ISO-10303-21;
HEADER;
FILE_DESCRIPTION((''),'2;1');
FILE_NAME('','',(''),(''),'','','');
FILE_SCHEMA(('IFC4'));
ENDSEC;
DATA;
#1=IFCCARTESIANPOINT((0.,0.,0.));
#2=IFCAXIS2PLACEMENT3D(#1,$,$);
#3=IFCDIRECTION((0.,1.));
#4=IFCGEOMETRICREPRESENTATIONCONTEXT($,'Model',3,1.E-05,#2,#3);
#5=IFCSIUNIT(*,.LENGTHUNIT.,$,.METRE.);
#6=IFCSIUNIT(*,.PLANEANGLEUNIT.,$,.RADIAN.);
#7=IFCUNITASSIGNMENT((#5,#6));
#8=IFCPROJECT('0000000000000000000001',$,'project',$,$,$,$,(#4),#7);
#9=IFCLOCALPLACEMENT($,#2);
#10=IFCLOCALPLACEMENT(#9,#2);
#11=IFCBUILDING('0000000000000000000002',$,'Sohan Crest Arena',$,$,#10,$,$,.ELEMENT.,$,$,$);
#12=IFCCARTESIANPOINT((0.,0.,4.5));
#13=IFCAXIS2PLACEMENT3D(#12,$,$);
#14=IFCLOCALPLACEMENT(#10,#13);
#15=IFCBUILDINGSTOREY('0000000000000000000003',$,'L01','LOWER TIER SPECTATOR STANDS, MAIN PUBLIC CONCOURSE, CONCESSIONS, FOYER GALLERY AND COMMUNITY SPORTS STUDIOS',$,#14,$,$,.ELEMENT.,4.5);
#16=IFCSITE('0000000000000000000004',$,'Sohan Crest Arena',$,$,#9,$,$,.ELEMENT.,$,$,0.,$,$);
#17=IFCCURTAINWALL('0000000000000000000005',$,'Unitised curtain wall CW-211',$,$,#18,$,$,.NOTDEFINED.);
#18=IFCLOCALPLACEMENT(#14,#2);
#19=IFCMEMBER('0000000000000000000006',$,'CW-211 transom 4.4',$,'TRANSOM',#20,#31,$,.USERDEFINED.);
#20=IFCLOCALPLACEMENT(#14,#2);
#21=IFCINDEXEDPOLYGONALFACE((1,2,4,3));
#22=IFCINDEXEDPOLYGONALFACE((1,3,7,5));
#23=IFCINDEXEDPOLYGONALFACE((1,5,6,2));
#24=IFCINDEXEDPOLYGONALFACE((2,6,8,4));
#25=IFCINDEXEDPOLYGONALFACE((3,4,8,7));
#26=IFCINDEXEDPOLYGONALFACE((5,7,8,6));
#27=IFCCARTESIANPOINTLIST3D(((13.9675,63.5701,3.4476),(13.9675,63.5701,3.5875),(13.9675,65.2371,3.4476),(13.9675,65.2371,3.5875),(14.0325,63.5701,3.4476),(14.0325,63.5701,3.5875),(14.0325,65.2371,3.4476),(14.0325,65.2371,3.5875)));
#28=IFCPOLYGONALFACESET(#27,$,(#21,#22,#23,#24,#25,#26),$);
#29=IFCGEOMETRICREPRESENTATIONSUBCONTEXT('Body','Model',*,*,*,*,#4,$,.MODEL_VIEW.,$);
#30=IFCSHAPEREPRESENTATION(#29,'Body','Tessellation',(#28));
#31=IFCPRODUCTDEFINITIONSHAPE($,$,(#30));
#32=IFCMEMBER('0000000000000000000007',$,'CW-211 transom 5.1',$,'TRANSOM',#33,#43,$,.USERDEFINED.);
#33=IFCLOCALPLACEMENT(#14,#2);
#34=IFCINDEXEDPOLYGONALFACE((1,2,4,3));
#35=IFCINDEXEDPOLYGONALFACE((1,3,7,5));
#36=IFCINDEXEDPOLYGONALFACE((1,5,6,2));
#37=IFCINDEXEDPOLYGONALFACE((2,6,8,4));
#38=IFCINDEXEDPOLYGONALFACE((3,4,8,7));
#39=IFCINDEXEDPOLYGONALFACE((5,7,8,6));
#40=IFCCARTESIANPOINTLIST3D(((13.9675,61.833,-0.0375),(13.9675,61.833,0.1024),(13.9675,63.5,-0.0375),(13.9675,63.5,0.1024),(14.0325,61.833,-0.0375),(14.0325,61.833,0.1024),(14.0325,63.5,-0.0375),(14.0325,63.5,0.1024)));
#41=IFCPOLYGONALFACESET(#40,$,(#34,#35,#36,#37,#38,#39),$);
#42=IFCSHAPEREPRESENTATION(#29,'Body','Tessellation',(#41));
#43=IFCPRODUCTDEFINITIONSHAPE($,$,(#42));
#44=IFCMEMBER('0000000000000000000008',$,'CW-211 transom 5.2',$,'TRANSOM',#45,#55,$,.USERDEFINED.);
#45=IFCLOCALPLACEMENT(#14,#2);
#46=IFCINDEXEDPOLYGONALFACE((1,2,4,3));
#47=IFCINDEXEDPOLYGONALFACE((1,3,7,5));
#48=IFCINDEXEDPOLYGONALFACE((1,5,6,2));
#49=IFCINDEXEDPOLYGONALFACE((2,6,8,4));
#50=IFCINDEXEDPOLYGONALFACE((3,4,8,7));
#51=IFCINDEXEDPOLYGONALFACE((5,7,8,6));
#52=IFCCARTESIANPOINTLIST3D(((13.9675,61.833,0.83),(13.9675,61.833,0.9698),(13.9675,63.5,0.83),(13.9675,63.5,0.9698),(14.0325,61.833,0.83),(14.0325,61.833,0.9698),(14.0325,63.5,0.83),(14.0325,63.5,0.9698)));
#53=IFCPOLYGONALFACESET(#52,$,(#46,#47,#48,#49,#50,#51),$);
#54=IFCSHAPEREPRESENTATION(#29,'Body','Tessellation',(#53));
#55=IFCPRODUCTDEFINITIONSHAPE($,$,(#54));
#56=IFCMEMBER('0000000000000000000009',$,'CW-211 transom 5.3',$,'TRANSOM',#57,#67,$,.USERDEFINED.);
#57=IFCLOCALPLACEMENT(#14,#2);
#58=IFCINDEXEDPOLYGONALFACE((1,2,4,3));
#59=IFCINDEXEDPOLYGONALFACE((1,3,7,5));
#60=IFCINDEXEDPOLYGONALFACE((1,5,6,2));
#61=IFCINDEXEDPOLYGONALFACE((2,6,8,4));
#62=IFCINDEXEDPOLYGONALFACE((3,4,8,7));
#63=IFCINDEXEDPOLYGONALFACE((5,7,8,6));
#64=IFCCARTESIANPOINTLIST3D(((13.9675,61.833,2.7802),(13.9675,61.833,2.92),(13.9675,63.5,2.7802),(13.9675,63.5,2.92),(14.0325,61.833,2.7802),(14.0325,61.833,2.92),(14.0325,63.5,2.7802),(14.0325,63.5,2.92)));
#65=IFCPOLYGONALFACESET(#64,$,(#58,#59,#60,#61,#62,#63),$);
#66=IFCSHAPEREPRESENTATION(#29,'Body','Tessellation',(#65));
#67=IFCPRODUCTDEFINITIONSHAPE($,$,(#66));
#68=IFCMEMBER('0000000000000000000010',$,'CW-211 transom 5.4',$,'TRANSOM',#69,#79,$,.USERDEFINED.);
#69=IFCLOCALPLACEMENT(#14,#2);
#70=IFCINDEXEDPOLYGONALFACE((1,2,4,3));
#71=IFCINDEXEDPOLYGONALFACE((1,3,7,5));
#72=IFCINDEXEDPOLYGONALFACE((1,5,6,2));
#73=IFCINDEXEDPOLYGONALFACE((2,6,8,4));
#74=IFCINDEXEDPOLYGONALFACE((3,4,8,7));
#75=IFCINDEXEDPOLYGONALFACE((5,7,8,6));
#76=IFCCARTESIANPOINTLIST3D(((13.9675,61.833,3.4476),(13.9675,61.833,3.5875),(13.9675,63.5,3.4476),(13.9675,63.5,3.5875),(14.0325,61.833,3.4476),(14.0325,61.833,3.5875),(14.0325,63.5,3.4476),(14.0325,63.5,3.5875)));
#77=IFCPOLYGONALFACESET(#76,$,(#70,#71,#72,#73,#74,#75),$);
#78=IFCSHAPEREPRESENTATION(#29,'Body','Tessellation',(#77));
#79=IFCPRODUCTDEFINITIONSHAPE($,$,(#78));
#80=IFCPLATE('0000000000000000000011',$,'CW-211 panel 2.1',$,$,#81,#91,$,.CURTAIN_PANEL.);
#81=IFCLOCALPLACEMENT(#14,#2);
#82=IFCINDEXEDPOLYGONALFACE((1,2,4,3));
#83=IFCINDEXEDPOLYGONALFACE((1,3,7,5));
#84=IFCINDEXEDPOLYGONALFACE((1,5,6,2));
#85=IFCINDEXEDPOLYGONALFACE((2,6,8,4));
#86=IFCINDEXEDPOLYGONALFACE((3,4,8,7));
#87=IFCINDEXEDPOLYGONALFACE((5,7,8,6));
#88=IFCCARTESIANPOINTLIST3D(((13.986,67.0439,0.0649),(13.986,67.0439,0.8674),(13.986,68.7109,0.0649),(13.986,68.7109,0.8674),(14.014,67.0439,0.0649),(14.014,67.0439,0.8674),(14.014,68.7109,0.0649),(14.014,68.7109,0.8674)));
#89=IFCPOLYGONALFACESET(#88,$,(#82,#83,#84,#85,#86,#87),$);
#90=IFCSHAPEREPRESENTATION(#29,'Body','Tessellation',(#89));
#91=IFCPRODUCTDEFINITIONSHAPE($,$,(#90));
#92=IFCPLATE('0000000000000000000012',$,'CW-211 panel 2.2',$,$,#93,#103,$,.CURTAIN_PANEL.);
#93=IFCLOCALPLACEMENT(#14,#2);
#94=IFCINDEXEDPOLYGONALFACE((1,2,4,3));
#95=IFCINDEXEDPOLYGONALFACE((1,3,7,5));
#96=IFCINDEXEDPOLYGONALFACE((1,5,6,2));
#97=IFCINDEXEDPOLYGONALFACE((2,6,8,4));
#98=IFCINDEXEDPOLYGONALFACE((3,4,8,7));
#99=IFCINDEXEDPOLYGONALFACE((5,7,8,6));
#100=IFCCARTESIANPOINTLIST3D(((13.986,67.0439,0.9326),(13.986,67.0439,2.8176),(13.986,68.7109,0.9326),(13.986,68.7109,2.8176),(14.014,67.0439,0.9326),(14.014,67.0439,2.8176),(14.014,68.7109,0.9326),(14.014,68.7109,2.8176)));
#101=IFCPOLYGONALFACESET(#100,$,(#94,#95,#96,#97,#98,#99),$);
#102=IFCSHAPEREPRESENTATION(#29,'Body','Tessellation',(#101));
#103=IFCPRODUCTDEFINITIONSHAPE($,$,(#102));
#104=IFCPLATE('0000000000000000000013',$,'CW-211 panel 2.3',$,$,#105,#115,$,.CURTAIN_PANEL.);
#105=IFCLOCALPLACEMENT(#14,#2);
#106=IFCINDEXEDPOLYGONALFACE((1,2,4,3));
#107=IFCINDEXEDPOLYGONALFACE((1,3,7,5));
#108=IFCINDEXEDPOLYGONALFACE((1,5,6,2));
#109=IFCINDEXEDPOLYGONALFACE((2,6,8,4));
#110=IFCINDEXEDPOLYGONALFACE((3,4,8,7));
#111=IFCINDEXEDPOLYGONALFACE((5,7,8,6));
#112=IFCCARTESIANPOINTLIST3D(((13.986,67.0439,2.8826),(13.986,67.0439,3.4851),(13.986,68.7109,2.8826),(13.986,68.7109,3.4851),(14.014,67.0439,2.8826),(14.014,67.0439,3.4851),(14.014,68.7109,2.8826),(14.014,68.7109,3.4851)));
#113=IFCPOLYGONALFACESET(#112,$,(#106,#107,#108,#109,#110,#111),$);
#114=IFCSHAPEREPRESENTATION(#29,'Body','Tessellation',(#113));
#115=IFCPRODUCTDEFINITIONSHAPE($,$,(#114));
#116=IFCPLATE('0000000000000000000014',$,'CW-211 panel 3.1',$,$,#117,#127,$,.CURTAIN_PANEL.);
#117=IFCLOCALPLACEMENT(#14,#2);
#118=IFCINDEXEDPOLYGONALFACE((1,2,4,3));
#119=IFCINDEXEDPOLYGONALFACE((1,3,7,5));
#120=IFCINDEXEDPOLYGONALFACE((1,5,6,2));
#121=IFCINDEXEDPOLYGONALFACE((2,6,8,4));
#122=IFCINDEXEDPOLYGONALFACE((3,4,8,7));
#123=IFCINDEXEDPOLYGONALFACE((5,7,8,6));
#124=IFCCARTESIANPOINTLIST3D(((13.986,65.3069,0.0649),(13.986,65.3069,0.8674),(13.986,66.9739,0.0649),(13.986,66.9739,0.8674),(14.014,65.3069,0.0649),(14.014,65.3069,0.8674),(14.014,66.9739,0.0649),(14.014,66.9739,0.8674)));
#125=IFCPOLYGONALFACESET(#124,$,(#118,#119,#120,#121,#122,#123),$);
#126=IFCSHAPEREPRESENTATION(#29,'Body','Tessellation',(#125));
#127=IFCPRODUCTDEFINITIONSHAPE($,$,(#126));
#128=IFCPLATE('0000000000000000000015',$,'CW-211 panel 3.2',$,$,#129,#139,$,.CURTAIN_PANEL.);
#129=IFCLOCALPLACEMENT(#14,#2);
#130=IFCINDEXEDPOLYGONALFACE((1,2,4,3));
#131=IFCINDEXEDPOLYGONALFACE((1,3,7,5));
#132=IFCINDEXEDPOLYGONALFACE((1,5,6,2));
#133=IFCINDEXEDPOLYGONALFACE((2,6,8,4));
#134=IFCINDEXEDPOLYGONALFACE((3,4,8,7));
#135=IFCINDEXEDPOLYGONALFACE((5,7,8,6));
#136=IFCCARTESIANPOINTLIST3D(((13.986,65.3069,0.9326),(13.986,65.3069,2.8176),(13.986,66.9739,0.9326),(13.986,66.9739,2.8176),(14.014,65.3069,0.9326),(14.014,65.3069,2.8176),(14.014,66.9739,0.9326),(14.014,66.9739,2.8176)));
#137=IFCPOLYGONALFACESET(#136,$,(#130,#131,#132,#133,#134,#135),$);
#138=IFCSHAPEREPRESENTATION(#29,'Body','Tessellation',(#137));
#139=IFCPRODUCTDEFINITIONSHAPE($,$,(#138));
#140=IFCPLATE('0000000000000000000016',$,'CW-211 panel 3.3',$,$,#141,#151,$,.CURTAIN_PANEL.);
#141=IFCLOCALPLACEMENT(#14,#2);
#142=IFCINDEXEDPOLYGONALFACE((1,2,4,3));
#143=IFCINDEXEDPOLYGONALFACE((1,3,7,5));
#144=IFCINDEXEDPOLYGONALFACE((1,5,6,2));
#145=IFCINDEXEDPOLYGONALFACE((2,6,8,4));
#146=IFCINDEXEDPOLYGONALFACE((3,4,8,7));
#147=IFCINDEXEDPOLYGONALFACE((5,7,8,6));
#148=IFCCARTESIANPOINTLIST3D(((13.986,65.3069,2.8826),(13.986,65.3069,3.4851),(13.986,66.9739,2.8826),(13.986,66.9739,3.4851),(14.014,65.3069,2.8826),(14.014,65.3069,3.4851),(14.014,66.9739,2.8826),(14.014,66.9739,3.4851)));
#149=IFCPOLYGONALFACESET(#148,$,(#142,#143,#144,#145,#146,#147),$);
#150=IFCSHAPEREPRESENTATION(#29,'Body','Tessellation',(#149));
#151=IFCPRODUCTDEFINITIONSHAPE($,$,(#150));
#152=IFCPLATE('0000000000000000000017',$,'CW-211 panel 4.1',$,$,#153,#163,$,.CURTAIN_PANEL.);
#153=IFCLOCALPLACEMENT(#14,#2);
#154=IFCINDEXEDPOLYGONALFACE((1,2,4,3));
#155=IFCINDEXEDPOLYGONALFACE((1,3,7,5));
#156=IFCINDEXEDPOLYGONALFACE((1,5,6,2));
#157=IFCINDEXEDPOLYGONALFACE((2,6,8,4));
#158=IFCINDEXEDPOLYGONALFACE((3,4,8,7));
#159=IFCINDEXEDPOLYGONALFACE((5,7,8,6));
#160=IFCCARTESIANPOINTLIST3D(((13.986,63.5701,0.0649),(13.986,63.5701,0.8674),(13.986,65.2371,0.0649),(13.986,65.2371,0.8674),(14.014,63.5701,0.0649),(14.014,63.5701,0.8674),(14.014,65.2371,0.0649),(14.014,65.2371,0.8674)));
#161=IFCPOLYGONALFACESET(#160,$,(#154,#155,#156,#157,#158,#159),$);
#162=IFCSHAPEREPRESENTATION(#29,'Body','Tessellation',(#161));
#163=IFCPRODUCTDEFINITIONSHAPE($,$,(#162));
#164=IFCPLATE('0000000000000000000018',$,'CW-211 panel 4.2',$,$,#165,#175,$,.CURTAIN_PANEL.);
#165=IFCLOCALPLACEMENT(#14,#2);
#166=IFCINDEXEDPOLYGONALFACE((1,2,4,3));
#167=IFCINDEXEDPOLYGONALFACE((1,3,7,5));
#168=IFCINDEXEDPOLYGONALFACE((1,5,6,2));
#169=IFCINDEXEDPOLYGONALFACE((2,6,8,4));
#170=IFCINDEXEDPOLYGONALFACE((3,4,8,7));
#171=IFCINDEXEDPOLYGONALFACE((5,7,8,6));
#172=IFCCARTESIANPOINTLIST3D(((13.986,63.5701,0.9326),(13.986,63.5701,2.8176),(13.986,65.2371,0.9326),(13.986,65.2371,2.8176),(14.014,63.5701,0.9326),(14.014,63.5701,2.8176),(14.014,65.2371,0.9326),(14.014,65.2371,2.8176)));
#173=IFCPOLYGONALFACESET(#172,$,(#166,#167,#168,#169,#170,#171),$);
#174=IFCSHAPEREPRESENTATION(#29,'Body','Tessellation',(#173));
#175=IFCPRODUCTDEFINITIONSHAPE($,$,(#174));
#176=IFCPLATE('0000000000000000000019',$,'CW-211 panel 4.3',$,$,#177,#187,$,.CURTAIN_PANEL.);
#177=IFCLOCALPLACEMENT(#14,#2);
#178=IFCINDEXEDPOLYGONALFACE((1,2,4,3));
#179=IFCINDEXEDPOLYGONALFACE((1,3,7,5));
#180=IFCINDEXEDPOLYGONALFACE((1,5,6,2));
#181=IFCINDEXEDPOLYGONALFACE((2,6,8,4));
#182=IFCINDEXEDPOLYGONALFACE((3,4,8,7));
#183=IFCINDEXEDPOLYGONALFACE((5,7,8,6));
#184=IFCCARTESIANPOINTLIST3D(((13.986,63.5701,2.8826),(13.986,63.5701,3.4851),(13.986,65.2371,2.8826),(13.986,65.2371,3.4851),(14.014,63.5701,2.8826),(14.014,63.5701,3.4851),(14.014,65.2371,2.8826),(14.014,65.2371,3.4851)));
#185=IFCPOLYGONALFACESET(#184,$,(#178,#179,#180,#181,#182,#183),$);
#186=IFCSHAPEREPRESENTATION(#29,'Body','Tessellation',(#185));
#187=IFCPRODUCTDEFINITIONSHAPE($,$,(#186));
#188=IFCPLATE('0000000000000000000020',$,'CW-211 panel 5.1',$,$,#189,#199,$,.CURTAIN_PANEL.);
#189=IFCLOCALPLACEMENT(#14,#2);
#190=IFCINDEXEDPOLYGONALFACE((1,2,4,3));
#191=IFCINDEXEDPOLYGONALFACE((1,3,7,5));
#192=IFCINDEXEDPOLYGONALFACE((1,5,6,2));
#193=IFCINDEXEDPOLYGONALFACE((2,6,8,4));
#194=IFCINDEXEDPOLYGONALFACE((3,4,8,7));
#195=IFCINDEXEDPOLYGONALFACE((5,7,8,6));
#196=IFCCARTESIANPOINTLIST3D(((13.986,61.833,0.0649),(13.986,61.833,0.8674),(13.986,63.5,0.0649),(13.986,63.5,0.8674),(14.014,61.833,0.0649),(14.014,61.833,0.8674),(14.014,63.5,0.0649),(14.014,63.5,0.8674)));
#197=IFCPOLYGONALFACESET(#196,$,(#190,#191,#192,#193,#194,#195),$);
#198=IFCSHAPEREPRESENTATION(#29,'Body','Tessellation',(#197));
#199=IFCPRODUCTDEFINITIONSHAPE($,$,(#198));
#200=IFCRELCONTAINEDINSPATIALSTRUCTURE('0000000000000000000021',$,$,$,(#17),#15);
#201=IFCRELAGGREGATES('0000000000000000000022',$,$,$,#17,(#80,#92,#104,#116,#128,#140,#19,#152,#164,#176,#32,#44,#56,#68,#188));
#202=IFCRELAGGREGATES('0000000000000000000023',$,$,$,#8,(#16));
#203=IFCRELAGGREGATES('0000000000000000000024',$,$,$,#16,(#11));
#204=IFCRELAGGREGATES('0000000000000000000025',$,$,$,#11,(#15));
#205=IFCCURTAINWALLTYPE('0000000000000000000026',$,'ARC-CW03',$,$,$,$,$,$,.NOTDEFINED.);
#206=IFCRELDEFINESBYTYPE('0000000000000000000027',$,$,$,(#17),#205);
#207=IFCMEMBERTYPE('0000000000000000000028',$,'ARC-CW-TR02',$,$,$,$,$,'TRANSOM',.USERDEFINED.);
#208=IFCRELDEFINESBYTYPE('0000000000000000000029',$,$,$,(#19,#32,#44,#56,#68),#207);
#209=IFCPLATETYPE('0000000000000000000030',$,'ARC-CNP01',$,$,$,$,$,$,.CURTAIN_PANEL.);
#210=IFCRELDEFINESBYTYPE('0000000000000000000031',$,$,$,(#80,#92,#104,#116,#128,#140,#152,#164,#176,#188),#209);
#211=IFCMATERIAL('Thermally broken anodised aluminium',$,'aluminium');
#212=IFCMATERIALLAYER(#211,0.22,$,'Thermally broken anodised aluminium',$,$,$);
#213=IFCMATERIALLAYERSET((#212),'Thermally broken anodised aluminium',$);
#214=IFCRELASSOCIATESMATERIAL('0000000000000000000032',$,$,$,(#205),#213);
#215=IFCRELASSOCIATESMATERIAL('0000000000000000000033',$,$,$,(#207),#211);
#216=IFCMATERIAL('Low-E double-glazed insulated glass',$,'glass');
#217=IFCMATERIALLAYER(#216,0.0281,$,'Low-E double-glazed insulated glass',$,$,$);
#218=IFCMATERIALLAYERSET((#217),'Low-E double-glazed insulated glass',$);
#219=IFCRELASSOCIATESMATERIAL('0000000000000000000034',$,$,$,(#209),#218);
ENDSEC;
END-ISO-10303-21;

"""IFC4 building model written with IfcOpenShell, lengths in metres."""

from ifc_helpers import new_model, si_unit, direction, frame, origin, origin_2d, place, context, subcontext, project, spatial, rectangle, extrude, material, layer, layer_set, material_profile, profile_set, type_object, element, aggregate, save


model = new_model("IFC4")

# Units and contexts
model_context = context("Model", 3, precision=1e-05, world=origin(), true_north=direction((0.0, 1.0)))
body_context = subcontext(model_context, "Body", "Model", "MODEL_VIEW")
ifc_project = project(units=[si_unit("LENGTHUNIT", "METRE"), si_unit("PLANEANGLEUNIT", "RADIAN")], contexts=[model_context])

# Site, building, storey
site_placement = place(None, origin())
site = spatial("IfcSite", under=ifc_project, at=site_placement, Name="Sohan Crest Arena", CompositionType="ELEMENT", RefElevation=0.0)
building_placement = place(site_placement, origin())
building = spatial("IfcBuilding", under=site, at=building_placement, Name="Sohan Crest Arena", CompositionType="ELEMENT")
storey_placement = place(building_placement, frame((0.0, 0.0, 4.5)))
storey = spatial("IfcBuildingStorey", under=building, at=storey_placement, Name="L01", Description="LOWER TIER SPECTATOR STANDS, MAIN PUBLIC CONCOURSE, CONCESSIONS, FOYER GALLERY AND COMMUNITY SPORTS STUDIOS", CompositionType="ELEMENT", Elevation=4.5)

# Curtain wall, members, plates
ifc_material_1 = material(Name="Thermally broken anodised aluminium", Category="aluminium")
ifc_layer_1 = layer(ifc_material_1, 0.22, Name="Thermally broken anodised aluminium")
ifc_layer_set_1 = layer_set([ifc_layer_1], Name="Thermally broken anodised aluminium")
curtain_wall_type = type_object("IfcCurtainWallType", Name="ARC-CW03", PredefinedType="NOTDEFINED", material=ifc_layer_set_1)
curtain_wall_placement = place(storey_placement, origin())
curtain_wall = element("IfcCurtainWall", 1, at=curtain_wall_placement, inside=storey, type_object=curtain_wall_type, Name="Unitised curtain wall CW-211", PredefinedType="NOTDEFINED")
ifc_material_profile_1 = material_profile(ifc_material_1, rectangle(XDim=0.0649, YDim=0.1399, at=origin_2d()), Name="ALU-TRAN 65x140")
ifc_profile_set_1 = profile_set([ifc_material_profile_1], Name="Thermally broken anodised aluminium")
member_type_1 = type_object("IfcMemberType", Name="ARC-CW-TR02", ElementType="TRANSOM", PredefinedType="USERDEFINED", material=ifc_profile_set_1)
member_1_placement = place(storey_placement, frame((14.0, 65.2371, 3.5176), z_axis=(0.0, -1.0, 0.0), x_axis=(1.0, 0.0, 0.0)))
member_1 = element("IfcMember", 2, at=member_1_placement, type_object=member_type_1, Name="CW-211 transom 4.4", ObjectType="TRANSOM", PredefinedType="USERDEFINED", context=body_context, shape_type="SweptSolid", body=[
    extrude(rectangle(XDim=0.0649, YDim=0.1399, at=origin_2d()), origin(), (0.0, 0.0, 1.0), 1.667),
])
member_2_placement = place(storey_placement, frame((14.0, 63.5, 0.0325), z_axis=(0.0, -1.0, 0.0), x_axis=(1.0, 0.0, 0.0)))
member_2 = element("IfcMember", 3, at=member_2_placement, type_object=member_type_1, Name="CW-211 transom 5.1", ObjectType="TRANSOM", PredefinedType="USERDEFINED", context=body_context, shape_type="SweptSolid", body=[
    extrude(rectangle(XDim=0.0649, YDim=0.1399, at=origin_2d()), origin(), (0.0, 0.0, 1.0), 1.667),
])
member_3_placement = place(storey_placement, frame((14.0, 63.5, 0.8999), z_axis=(0.0, -1.0, 0.0), x_axis=(1.0, 0.0, 0.0)))
member_3 = element("IfcMember", 4, at=member_3_placement, type_object=member_type_1, Name="CW-211 transom 5.2", ObjectType="TRANSOM", PredefinedType="USERDEFINED", context=body_context, shape_type="SweptSolid", body=[
    extrude(rectangle(XDim=0.0649, YDim=0.1399, at=origin_2d()), origin(), (0.0, 0.0, 1.0), 1.667),
])
member_4_placement = place(storey_placement, frame((14.0, 63.5, 2.8501), z_axis=(0.0, -1.0, 0.0), x_axis=(1.0, 0.0, 0.0)))
member_4 = element("IfcMember", 5, at=member_4_placement, type_object=member_type_1, Name="CW-211 transom 5.3", ObjectType="TRANSOM", PredefinedType="USERDEFINED", context=body_context, shape_type="SweptSolid", body=[
    extrude(rectangle(XDim=0.0649, YDim=0.1399, at=origin_2d()), origin(), (0.0, 0.0, 1.0), 1.667),
])
member_5_placement = place(storey_placement, frame((14.0, 63.5, 3.5176), z_axis=(0.0, -1.0, 0.0), x_axis=(1.0, 0.0, 0.0)))
member_5 = element("IfcMember", 6, at=member_5_placement, type_object=member_type_1, Name="CW-211 transom 5.4", ObjectType="TRANSOM", PredefinedType="USERDEFINED", context=body_context, shape_type="SweptSolid", body=[
    extrude(rectangle(XDim=0.0649, YDim=0.1399, at=origin_2d()), origin(), (0.0, 0.0, 1.0), 1.667),
])
ifc_material_2 = material(Name="Low-E double-glazed insulated glass", Category="glass")
ifc_layer_2 = layer(ifc_material_2, 0.0281, Name="Low-E double-glazed insulated glass")
ifc_layer_set_2 = layer_set([ifc_layer_2], Name="Low-E double-glazed insulated glass")
plate_type = type_object("IfcPlateType", Name="ARC-CNP01", PredefinedType="CURTAIN_PANEL", material=ifc_layer_set_2)
plate_1_placement = place(storey_placement, frame((14.0, 67.8774, 0.0649), z_axis=(0.0, 0.0, 1.0), x_axis=(0.0, -1.0, 0.0)))
plate_1 = element("IfcPlate", 7, at=plate_1_placement, type_object=plate_type, Name="CW-211 panel 2.1", PredefinedType="CURTAIN_PANEL", context=body_context, shape_type="SweptSolid", body=[
    extrude(rectangle(XDim=1.667, YDim=0.0281, at=origin_2d()), origin(), (0.0, 0.0, 1.0), 0.8025),
])
plate_2_placement = place(storey_placement, frame((14.0, 67.8774, 0.9326), z_axis=(0.0, 0.0, 1.0), x_axis=(0.0, -1.0, 0.0)))
plate_2 = element("IfcPlate", 8, at=plate_2_placement, type_object=plate_type, Name="CW-211 panel 2.2", PredefinedType="CURTAIN_PANEL", context=body_context, shape_type="SweptSolid", body=[
    extrude(rectangle(XDim=1.667, YDim=0.0281, at=origin_2d()), origin(), (0.0, 0.0, 1.0), 1.885),
])
plate_3_placement = place(storey_placement, frame((14.0, 67.8774, 2.8826), z_axis=(0.0, 0.0, 1.0), x_axis=(0.0, -1.0, 0.0)))
plate_3 = element("IfcPlate", 9, at=plate_3_placement, type_object=plate_type, Name="CW-211 panel 2.3", PredefinedType="CURTAIN_PANEL", context=body_context, shape_type="SweptSolid", body=[
    extrude(rectangle(XDim=1.667, YDim=0.0281, at=origin_2d()), origin(), (0.0, 0.0, 1.0), 0.6025),
])
plate_4_placement = place(storey_placement, frame((14.0, 66.1404, 0.0649), z_axis=(0.0, 0.0, 1.0), x_axis=(0.0, -1.0, 0.0)))
plate_4 = element("IfcPlate", 10, at=plate_4_placement, type_object=plate_type, Name="CW-211 panel 3.1", PredefinedType="CURTAIN_PANEL", context=body_context, shape_type="SweptSolid", body=[
    extrude(rectangle(XDim=1.667, YDim=0.0281, at=origin_2d()), origin(), (0.0, 0.0, 1.0), 0.8025),
])
plate_5_placement = place(storey_placement, frame((14.0, 66.1404, 0.9326), z_axis=(0.0, 0.0, 1.0), x_axis=(0.0, -1.0, 0.0)))
plate_5 = element("IfcPlate", 11, at=plate_5_placement, type_object=plate_type, Name="CW-211 panel 3.2", PredefinedType="CURTAIN_PANEL", context=body_context, shape_type="SweptSolid", body=[
    extrude(rectangle(XDim=1.667, YDim=0.0281, at=origin_2d()), origin(), (0.0, 0.0, 1.0), 1.885),
])
plate_6_placement = place(storey_placement, frame((14.0, 66.1404, 2.8826), z_axis=(0.0, 0.0, 1.0), x_axis=(0.0, -1.0, 0.0)))
plate_6 = element("IfcPlate", 12, at=plate_6_placement, type_object=plate_type, Name="CW-211 panel 3.3", PredefinedType="CURTAIN_PANEL", context=body_context, shape_type="SweptSolid", body=[
    extrude(rectangle(XDim=1.667, YDim=0.0281, at=origin_2d()), origin(), (0.0, 0.0, 1.0), 0.6025),
])
plate_7_placement = place(storey_placement, frame((14.0, 64.4036, 0.0649), z_axis=(0.0, 0.0, 1.0), x_axis=(0.0, -1.0, 0.0)))
plate_7 = element("IfcPlate", 13, at=plate_7_placement, type_object=plate_type, Name="CW-211 panel 4.1", PredefinedType="CURTAIN_PANEL", context=body_context, shape_type="SweptSolid", body=[
    extrude(rectangle(XDim=1.667, YDim=0.0281, at=origin_2d()), origin(), (0.0, 0.0, 1.0), 0.8025),
])
plate_8_placement = place(storey_placement, frame((14.0, 64.4036, 0.9326), z_axis=(0.0, 0.0, 1.0), x_axis=(0.0, -1.0, 0.0)))
plate_8 = element("IfcPlate", 14, at=plate_8_placement, type_object=plate_type, Name="CW-211 panel 4.2", PredefinedType="CURTAIN_PANEL", context=body_context, shape_type="SweptSolid", body=[
    extrude(rectangle(XDim=1.667, YDim=0.0281, at=origin_2d()), origin(), (0.0, 0.0, 1.0), 1.885),
])
plate_9_placement = place(storey_placement, frame((14.0, 64.4036, 2.8826), z_axis=(0.0, 0.0, 1.0), x_axis=(0.0, -1.0, 0.0)))
plate_9 = element("IfcPlate", 15, at=plate_9_placement, type_object=plate_type, Name="CW-211 panel 4.3", PredefinedType="CURTAIN_PANEL", context=body_context, shape_type="SweptSolid", body=[
    extrude(rectangle(XDim=1.667, YDim=0.0281, at=origin_2d()), origin(), (0.0, 0.0, 1.0), 0.6025),
])
plate_10_placement = place(storey_placement, frame((14.0, 62.6665, 0.0649), z_axis=(0.0, 0.0, 1.0), x_axis=(0.0, -1.0, 0.0)))
plate_10 = element("IfcPlate", 16, at=plate_10_placement, type_object=plate_type, Name="CW-211 panel 5.1", PredefinedType="CURTAIN_PANEL", context=body_context, shape_type="SweptSolid", body=[
    extrude(rectangle(XDim=1.667, YDim=0.0281, at=origin_2d()), origin(), (0.0, 0.0, 1.0), 0.8025),
])
aggregate(curtain_wall, [plate_1, plate_2, plate_3, plate_4, plate_5, plate_6, member_1, plate_7, plate_8, plate_9, member_2, member_3, member_4, member_5, plate_10])

save(model, "model.ifc")
